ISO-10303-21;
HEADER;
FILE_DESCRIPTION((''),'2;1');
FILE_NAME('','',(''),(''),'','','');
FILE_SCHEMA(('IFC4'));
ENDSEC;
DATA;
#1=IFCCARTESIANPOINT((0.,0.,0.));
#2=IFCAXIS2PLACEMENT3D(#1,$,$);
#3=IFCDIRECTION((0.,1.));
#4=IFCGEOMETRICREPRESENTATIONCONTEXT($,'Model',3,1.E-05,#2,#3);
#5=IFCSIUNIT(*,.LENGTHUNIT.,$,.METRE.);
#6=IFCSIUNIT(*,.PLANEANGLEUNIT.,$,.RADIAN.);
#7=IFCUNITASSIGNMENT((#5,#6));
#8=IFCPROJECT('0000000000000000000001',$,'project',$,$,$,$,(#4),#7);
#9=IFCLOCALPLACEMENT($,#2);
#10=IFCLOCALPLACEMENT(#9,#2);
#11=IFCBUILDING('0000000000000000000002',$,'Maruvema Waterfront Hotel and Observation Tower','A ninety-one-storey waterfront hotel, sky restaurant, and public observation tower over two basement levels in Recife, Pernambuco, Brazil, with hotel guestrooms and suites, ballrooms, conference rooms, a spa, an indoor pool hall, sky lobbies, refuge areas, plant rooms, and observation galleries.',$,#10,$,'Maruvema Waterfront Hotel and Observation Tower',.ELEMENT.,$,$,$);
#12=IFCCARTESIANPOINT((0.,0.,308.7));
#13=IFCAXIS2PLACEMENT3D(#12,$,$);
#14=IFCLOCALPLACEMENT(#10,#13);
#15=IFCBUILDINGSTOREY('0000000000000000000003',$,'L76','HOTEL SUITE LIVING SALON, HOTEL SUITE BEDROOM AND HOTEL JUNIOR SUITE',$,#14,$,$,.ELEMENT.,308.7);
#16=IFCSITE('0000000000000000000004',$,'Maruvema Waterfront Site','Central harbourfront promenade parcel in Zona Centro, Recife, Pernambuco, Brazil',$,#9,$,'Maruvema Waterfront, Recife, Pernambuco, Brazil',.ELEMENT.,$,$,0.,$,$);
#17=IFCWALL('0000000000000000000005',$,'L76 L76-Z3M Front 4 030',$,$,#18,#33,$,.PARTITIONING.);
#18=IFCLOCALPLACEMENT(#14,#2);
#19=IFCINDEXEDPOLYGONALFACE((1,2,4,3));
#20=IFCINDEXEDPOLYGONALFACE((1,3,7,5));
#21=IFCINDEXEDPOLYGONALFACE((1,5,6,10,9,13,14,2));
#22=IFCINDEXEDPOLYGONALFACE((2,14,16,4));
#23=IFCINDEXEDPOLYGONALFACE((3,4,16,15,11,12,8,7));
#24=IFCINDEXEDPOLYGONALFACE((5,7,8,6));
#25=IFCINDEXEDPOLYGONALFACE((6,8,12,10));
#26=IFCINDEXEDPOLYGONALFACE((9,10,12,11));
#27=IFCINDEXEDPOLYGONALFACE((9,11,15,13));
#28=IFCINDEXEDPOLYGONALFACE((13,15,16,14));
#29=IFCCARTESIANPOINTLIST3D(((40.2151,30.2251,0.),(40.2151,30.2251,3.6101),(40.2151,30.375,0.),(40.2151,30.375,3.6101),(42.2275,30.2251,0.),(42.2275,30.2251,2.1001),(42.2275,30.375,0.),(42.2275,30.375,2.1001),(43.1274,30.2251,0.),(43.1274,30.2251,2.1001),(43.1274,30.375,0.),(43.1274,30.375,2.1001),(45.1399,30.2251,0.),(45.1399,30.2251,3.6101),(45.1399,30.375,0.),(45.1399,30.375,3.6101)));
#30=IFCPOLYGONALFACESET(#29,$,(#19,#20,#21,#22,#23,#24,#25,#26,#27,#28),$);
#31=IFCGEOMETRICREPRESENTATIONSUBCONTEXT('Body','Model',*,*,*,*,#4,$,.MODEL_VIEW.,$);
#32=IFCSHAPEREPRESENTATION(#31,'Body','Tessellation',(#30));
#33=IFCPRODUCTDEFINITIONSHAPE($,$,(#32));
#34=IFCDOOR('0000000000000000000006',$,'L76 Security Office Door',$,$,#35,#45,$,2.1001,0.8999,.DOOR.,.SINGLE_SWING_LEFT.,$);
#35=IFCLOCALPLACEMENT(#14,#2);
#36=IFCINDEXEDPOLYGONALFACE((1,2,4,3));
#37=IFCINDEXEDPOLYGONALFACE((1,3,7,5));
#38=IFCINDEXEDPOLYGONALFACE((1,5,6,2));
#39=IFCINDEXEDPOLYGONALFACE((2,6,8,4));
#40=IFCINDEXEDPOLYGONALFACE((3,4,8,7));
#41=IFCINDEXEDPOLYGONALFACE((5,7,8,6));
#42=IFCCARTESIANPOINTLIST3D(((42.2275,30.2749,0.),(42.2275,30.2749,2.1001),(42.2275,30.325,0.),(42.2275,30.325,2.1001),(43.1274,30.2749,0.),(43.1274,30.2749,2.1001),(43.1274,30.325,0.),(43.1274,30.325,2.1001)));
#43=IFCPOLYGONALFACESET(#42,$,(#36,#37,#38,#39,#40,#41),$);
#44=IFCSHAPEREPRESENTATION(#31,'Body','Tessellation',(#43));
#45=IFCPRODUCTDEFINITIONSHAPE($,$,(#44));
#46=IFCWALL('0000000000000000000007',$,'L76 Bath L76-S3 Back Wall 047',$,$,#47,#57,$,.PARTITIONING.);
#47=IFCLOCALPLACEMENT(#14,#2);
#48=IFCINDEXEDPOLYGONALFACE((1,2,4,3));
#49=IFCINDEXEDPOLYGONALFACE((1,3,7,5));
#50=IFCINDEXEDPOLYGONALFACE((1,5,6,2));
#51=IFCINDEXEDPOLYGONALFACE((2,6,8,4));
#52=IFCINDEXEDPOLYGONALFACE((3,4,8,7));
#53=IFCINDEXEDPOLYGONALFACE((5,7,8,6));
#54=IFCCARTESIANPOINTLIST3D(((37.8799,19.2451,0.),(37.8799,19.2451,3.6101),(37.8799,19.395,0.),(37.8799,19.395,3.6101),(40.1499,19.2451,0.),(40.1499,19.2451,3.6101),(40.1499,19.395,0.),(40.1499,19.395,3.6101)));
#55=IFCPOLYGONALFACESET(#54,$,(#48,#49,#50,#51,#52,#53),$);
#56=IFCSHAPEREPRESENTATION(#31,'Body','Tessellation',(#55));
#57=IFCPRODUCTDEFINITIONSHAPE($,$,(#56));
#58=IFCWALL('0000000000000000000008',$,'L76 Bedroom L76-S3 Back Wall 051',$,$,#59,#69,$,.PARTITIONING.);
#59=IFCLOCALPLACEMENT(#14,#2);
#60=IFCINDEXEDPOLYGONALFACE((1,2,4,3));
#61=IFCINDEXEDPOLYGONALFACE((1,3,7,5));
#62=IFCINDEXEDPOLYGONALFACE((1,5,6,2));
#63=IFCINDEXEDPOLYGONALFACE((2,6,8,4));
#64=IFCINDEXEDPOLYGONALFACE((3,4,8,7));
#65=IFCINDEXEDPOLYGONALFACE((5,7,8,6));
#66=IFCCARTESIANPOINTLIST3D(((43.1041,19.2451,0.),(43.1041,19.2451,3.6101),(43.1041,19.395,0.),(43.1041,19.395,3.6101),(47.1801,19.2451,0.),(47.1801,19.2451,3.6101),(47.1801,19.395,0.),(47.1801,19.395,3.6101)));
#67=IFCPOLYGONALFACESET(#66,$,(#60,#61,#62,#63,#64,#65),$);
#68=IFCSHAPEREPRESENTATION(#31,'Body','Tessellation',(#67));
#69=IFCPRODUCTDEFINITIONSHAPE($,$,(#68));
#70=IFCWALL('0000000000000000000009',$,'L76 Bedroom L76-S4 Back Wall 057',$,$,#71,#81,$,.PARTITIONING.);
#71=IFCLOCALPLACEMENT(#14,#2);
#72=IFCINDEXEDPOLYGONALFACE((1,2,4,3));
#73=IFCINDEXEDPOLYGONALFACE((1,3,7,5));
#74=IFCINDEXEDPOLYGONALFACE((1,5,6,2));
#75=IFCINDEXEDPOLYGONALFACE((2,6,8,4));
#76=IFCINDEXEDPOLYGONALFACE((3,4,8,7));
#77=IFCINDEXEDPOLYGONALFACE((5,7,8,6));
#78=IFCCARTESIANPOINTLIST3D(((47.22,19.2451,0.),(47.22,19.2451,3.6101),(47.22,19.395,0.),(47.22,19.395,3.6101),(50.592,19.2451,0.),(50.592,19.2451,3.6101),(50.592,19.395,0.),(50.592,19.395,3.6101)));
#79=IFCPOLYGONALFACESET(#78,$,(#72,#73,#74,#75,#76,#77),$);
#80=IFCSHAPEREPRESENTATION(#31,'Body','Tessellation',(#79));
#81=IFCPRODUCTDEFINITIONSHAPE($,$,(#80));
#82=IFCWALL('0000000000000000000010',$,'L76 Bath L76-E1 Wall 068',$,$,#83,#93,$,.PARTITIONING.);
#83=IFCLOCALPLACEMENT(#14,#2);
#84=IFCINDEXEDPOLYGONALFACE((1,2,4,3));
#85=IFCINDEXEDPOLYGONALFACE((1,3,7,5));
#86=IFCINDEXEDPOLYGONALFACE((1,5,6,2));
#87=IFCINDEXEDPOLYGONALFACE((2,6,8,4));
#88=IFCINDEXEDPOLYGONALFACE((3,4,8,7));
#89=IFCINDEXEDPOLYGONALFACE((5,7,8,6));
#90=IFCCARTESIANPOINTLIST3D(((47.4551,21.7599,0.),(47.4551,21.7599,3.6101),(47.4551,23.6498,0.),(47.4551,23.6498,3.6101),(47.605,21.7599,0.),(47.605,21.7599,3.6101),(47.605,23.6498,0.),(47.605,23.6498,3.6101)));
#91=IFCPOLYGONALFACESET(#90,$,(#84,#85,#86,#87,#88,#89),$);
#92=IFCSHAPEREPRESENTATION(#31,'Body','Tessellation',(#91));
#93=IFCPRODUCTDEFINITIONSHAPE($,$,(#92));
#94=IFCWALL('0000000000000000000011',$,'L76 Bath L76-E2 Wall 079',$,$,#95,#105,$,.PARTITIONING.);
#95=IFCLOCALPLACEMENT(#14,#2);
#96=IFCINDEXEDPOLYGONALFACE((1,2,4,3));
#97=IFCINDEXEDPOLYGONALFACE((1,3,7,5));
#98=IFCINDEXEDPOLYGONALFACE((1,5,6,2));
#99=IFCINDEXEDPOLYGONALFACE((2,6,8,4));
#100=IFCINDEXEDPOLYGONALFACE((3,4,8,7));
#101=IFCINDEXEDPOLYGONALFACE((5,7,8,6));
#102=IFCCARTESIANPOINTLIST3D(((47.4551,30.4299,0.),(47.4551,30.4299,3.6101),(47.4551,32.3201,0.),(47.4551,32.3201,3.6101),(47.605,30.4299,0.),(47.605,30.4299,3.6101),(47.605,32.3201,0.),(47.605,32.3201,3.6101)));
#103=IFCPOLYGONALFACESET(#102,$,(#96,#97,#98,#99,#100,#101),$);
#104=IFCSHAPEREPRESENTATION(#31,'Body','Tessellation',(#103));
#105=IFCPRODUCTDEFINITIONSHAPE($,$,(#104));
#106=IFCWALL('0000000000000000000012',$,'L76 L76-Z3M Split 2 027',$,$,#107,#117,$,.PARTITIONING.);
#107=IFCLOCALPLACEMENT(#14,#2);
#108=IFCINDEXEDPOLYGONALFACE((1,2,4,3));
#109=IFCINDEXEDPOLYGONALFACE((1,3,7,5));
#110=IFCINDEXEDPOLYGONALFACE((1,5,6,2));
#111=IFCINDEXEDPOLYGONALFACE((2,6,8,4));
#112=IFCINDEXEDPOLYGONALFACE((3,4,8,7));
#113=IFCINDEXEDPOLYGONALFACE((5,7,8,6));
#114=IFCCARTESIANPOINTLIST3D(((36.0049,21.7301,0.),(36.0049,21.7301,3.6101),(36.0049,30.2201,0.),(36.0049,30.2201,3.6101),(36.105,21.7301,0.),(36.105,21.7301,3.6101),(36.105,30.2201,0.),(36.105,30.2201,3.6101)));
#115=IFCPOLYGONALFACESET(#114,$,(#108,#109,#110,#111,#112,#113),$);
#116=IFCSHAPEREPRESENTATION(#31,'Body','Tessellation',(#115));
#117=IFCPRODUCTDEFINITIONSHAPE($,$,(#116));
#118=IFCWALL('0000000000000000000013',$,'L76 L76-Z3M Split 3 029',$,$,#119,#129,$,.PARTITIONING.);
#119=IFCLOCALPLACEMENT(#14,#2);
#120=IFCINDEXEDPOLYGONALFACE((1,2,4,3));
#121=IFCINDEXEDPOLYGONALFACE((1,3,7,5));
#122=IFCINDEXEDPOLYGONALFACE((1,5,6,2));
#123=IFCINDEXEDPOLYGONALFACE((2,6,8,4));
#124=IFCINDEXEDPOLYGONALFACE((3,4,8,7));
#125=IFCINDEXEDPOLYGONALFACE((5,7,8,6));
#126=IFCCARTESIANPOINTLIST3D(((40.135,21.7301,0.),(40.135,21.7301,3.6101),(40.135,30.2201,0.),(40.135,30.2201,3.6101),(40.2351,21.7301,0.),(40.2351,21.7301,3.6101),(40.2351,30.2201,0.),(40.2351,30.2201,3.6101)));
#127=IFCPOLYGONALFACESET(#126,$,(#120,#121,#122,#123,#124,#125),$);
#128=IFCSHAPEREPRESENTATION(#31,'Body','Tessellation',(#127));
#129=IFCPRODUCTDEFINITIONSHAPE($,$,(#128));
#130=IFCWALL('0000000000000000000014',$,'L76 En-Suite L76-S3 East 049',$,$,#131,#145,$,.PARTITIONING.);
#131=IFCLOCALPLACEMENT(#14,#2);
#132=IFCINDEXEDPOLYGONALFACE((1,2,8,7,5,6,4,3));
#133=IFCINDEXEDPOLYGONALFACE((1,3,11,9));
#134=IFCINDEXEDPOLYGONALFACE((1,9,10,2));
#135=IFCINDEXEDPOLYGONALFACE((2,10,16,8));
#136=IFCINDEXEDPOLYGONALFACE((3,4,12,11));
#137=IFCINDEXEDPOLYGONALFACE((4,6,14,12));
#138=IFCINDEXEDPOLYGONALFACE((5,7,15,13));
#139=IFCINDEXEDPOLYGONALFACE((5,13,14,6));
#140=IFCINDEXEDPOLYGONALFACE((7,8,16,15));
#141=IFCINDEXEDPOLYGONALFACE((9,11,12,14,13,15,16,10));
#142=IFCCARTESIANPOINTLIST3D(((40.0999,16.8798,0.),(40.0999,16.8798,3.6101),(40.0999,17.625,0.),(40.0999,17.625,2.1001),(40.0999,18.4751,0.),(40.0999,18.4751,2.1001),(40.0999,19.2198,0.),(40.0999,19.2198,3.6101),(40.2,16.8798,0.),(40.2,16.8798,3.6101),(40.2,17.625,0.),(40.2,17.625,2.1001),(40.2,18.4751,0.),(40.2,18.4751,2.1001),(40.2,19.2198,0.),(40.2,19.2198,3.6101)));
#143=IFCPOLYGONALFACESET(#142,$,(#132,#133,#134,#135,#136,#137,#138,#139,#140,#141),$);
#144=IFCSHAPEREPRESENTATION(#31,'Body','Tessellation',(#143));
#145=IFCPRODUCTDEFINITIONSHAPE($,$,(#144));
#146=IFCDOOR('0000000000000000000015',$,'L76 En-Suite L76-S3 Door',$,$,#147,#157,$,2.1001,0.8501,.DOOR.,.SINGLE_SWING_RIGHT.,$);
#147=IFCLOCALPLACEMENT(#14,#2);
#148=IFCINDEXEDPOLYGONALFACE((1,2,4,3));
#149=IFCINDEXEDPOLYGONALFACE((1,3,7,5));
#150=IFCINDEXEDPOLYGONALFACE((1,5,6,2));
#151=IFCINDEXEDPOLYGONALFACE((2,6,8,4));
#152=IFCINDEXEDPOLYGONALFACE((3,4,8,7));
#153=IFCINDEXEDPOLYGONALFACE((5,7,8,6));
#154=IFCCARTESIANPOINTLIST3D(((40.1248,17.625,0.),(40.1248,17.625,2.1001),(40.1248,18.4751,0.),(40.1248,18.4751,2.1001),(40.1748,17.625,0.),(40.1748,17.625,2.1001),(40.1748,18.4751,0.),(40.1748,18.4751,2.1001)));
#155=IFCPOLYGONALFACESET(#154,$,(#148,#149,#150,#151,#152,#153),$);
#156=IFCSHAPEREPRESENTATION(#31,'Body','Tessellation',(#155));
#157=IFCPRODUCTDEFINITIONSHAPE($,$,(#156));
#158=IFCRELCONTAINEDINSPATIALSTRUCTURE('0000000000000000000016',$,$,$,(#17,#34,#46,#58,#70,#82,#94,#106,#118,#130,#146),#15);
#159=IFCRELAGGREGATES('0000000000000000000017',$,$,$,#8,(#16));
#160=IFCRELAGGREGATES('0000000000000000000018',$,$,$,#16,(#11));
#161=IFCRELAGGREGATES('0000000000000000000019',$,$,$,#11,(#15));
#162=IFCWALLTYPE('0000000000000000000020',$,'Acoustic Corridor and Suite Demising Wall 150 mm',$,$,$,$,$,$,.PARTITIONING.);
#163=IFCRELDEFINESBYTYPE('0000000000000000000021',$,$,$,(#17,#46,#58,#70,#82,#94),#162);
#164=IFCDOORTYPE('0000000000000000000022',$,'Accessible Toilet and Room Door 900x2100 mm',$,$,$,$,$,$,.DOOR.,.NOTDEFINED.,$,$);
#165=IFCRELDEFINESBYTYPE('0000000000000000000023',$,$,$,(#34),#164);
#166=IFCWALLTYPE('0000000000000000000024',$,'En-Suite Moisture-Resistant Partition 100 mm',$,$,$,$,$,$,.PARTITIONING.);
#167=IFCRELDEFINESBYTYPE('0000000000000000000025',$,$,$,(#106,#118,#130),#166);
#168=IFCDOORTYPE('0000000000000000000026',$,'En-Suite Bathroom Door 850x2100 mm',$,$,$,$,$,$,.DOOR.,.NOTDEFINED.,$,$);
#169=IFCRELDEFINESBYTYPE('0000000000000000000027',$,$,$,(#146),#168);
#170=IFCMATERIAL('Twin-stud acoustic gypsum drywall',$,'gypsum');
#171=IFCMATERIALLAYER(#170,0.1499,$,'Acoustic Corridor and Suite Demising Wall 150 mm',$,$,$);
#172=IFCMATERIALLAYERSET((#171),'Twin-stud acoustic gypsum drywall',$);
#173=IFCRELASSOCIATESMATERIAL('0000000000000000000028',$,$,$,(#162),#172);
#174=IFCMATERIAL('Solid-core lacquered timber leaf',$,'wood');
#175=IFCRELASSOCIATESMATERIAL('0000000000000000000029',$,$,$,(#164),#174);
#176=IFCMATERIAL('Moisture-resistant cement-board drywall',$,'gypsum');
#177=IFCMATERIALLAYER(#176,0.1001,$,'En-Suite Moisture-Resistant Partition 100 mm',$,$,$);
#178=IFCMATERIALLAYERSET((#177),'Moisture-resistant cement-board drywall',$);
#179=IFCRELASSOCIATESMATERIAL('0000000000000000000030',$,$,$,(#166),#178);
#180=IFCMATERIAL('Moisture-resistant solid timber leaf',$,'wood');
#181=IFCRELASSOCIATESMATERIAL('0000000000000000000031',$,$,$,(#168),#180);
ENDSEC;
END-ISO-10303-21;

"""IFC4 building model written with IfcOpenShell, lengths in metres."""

from ifc_helpers import new_model, si_unit, direction, frame, frame_2d, origin, place, context, subcontext, project, spatial, rectangle, extrude, material, layer, layer_set, type_object, element, fill, save


model = new_model("IFC4")

# Units and contexts
model_context = context("Model", 3, precision=1e-05, world=origin(), true_north=direction((0.0, 1.0)))
body_context = subcontext(model_context, "Body", "Model", "MODEL_VIEW")
ifc_project = project(units=[si_unit("LENGTHUNIT", "METRE"), si_unit("PLANEANGLEUNIT", "RADIAN")], contexts=[model_context])

# Site, building, storey
site_placement = place(None, origin())
site = spatial("IfcSite", under=ifc_project, at=site_placement, Name="Maruvema Waterfront Site", Description="Central harbourfront promenade parcel in Zona Centro, Recife, Pernambuco, Brazil", LongName="Maruvema Waterfront, Recife, Pernambuco, Brazil", CompositionType="ELEMENT", RefElevation=0.0)
building_placement = place(site_placement, origin())
building = spatial("IfcBuilding", under=site, at=building_placement, Name="Maruvema Waterfront Hotel and Observation Tower", Description="A ninety-one-storey waterfront hotel, sky restaurant, and public observation tower over two basement levels in Recife, Pernambuco, Brazil, with hotel guestrooms and suites, ballrooms, conference rooms, a spa, an indoor pool hall, sky lobbies, refuge areas, plant rooms, and observation galleries.", LongName="Maruvema Waterfront Hotel and Observation Tower", CompositionType="ELEMENT")
storey_placement = place(building_placement, frame((0.0, 0.0, 308.7)))
storey = spatial("IfcBuildingStorey", under=building, at=storey_placement, Name="L76", Description="HOTEL SUITE LIVING SALON, HOTEL SUITE BEDROOM AND HOTEL JUNIOR SUITE", CompositionType="ELEMENT", Elevation=308.7)

# Shared definitions
ifc_material_1 = material(Name="Twin-stud acoustic gypsum drywall", Category="gypsum")
ifc_layer_1 = layer(ifc_material_1, 0.1499, Name="Acoustic Corridor and Suite Demising Wall 150 mm")
ifc_layer_set_1 = layer_set([ifc_layer_1], Name="Twin-stud acoustic gypsum drywall")
wall_type_1 = type_object("IfcWallType", Name="Acoustic Corridor and Suite Demising Wall 150 mm", PredefinedType="PARTITIONING", material=ifc_layer_set_1)

# Wall, opening, door
ifc_material_2 = material(Name="Solid-core lacquered timber leaf", Category="wood")
door_type_1 = type_object("IfcDoorType", Name="Accessible Toilet and Room Door 900x2100 mm", OperationType="NOTDEFINED", PredefinedType="DOOR", material=ifc_material_2)
wall_1_placement = place(storey_placement, frame((40.2151, 30.3, 0.0), z_axis=(0.0, 0.0, 1.0), x_axis=(1.0, 0.0, 0.0)))
wall_1 = element("IfcWall", 1, at=wall_1_placement, inside=storey, type_object=wall_type_1, Name="L76 L76-Z3M Front 4 030", PredefinedType="PARTITIONING", context=body_context, shape_type="SweptSolid", body=[
    extrude(rectangle(XDim=4.9248, YDim=0.1499, at=frame_2d((2.4624, 0.0))), origin(), (0.0, 0.0, 1.0), 3.6101),
])
opening_1_placement = place(wall_1_placement, frame((2.0125, 0.0, 0.0)))
opening_1 = element("IfcOpeningElement", 2, at=opening_1_placement, cuts=wall_1, PredefinedType="OPENING", context=body_context, shape_type="SweptSolid", body=[
    extrude(rectangle(XDim=0.8999, YDim=2.1001, at=frame_2d((0.45, 1.05))), frame((0.0, 0.085, 0.0), z_axis=(0.0, -1.0, 0.0), x_axis=(1.0, 0.0, 0.0)), (0.0, 0.0, 1.0), 0.1699),
])
door_1_placement = place(opening_1_placement, origin())
door_1 = element("IfcDoor", 3, at=door_1_placement, inside=storey, type_object=door_type_1, Name="L76 Security Office Door", OperationType="SINGLE_SWING_LEFT", OverallHeight=2.1001, OverallWidth=0.8999, PredefinedType="DOOR", context=body_context, shape_type="SweptSolid", body=[
    extrude(rectangle(XDim=0.8999, YDim=2.1001, at=frame_2d((0.45, 1.05))), frame((0.0, 0.0249, 0.0), z_axis=(0.0, -1.0, 0.0), x_axis=(1.0, 0.0, 0.0)), (0.0, 0.0, 1.0), 0.05),
])
fill(opening_1, door_1)

# Wall
wall_2_placement = place(storey_placement, frame((37.8799, 19.3201, 0.0), z_axis=(0.0, 0.0, 1.0), x_axis=(1.0, 0.0, 0.0)))
element("IfcWall", 4, at=wall_2_placement, inside=storey, type_object=wall_type_1, Name="L76 Bath L76-S3 Back Wall 047", PredefinedType="PARTITIONING", context=body_context, shape_type="SweptSolid", body=[
    extrude(rectangle(XDim=2.27, YDim=0.1499, at=frame_2d((1.135, 0.0))), origin(), (0.0, 0.0, 1.0), 3.6101),
])

# Walls
wall_3_placement = place(storey_placement, frame((43.104, 19.3201, 0.0), z_axis=(0.0, 0.0, 1.0), x_axis=(1.0, 0.0, 0.0)))
element("IfcWall", 5, at=wall_3_placement, inside=storey, type_object=wall_type_1, Name="L76 Bedroom L76-S3 Back Wall 051", PredefinedType="PARTITIONING", context=body_context, shape_type="SweptSolid", body=[
    extrude(rectangle(XDim=4.0759, YDim=0.1499, at=frame_2d((2.0381, 0.0))), origin(), (0.0, 0.0, 1.0), 3.6101),
])
wall_4_placement = place(storey_placement, frame((47.22, 19.3201, 0.0), z_axis=(0.0, 0.0, 1.0), x_axis=(1.0, 0.0, 0.0)))
element("IfcWall", 6, at=wall_4_placement, inside=storey, type_object=wall_type_1, Name="L76 Bedroom L76-S4 Back Wall 057", PredefinedType="PARTITIONING", context=body_context, shape_type="SweptSolid", body=[
    extrude(rectangle(XDim=3.3721, YDim=0.1499, at=frame_2d((1.686, 0.0))), origin(), (0.0, 0.0, 1.0), 3.6101),
])
wall_5_placement = place(storey_placement, frame((47.53, 21.76, 0.0), z_axis=(0.0, 0.0, 1.0), x_axis=(0.0, 1.0, 0.0)))
element("IfcWall", 7, at=wall_5_placement, inside=storey, type_object=wall_type_1, Name="L76 Bath L76-E1 Wall 068", PredefinedType="PARTITIONING", context=body_context, shape_type="SweptSolid", body=[
    extrude(rectangle(XDim=1.8899, YDim=0.1499, at=frame_2d((0.9448, 0.0))), origin(), (0.0, 0.0, 1.0), 3.6101),
])

# Walls
wall_6_placement = place(storey_placement, frame((47.53, 30.4299, 0.0), z_axis=(0.0, 0.0, 1.0), x_axis=(0.0, 1.0, 0.0)))
element("IfcWall", 8, at=wall_6_placement, inside=storey, type_object=wall_type_1, Name="L76 Bath L76-E2 Wall 079", PredefinedType="PARTITIONING", context=body_context, shape_type="SweptSolid", body=[
    extrude(rectangle(XDim=1.8901, YDim=0.1499, at=frame_2d((0.9451, 0.0))), origin(), (0.0, 0.0, 1.0), 3.6101),
])
ifc_material_3 = material(Name="Moisture-resistant cement-board drywall", Category="gypsum")
ifc_layer_2 = layer(ifc_material_3, 0.1001, Name="En-Suite Moisture-Resistant Partition 100 mm")
ifc_layer_set_2 = layer_set([ifc_layer_2], Name="Moisture-resistant cement-board drywall")
wall_type_2 = type_object("IfcWallType", Name="En-Suite Moisture-Resistant Partition 100 mm", PredefinedType="PARTITIONING", material=ifc_layer_set_2)
for number, where, z_axis, x_axis, name in (
    (9, (36.0549, 21.73, 0.0), (0.0, 0.0, 1.0), (0.0, 1.0, 0.0), "L76 L76-Z3M Split 2 027"),
    (10, (40.1851, 21.73, 0.0), (0.0, 0.0, 1.0), (0.0, 1.0, 0.0), "L76 L76-Z3M Split 3 029"),
):
    element("IfcWall", number, at=place(storey_placement, frame(where, z_axis=z_axis, x_axis=x_axis)), inside=storey, type_object=wall_type_2, Name=name, PredefinedType="PARTITIONING", context=body_context, shape_type="SweptSolid", body=[
        extrude(rectangle(XDim=8.49, YDim=0.1001, at=frame_2d((4.2451, 0.0))), origin(), (0.0, 0.0, 1.0), 3.6101),
    ])

# Wall, opening, door
wall_7_placement = place(storey_placement, frame((40.1499, 16.8799, 0.0), z_axis=(0.0, 0.0, 1.0), x_axis=(0.0, 1.0, 0.0)))
wall_7 = element("IfcWall", 11, at=wall_7_placement, inside=storey, type_object=wall_type_2, Name="L76 En-Suite L76-S3 East 049", PredefinedType="PARTITIONING", context=body_context, shape_type="SweptSolid", body=[
    extrude(rectangle(XDim=2.3401, YDim=0.1001, at=frame_2d((1.1699, 0.0))), origin(), (0.0, 0.0, 1.0), 3.6101),
])
opening_2_placement = place(wall_7_placement, frame((0.7451, 0.0, 0.0)))
opening_2 = element("IfcOpeningElement", 12, at=opening_2_placement, cuts=wall_7, PredefinedType="OPENING", context=body_context, shape_type="SweptSolid", body=[
    extrude(rectangle(XDim=0.8501, YDim=2.1001, at=frame_2d((0.425, 1.05))), frame((0.0, 0.0601, 0.0), z_axis=(0.0, -1.0, 0.0), x_axis=(1.0, 0.0, 0.0)), (0.0, 0.0, 1.0), 0.1201),
])
ifc_material_4 = material(Name="Moisture-resistant solid timber leaf", Category="wood")
door_type_2 = type_object("IfcDoorType", Name="En-Suite Bathroom Door 850x2100 mm", OperationType="NOTDEFINED", PredefinedType="DOOR", material=ifc_material_4)
door_2_placement = place(opening_2_placement, frame((0.8501, 0.0, 0.0), z_axis=(0.0, 0.0, 1.0), x_axis=(-1.0, 0.0, 0.0)))
door_2 = element("IfcDoor", 13, at=door_2_placement, inside=storey, type_object=door_type_2, Name="L76 En-Suite L76-S3 Door", OperationType="SINGLE_SWING_RIGHT", OverallHeight=2.1001, OverallWidth=0.8501, PredefinedType="DOOR", context=body_context, shape_type="SweptSolid", body=[
    extrude(rectangle(XDim=0.8501, YDim=2.1001, at=frame_2d((0.425, 1.05))), frame((0.0, 0.0249, 0.0), z_axis=(0.0, -1.0, 0.0), x_axis=(1.0, 0.0, 0.0)), (0.0, 0.0, 1.0), 0.05),
])
fill(opening_2, door_2)

save(model, "model.ifc")
